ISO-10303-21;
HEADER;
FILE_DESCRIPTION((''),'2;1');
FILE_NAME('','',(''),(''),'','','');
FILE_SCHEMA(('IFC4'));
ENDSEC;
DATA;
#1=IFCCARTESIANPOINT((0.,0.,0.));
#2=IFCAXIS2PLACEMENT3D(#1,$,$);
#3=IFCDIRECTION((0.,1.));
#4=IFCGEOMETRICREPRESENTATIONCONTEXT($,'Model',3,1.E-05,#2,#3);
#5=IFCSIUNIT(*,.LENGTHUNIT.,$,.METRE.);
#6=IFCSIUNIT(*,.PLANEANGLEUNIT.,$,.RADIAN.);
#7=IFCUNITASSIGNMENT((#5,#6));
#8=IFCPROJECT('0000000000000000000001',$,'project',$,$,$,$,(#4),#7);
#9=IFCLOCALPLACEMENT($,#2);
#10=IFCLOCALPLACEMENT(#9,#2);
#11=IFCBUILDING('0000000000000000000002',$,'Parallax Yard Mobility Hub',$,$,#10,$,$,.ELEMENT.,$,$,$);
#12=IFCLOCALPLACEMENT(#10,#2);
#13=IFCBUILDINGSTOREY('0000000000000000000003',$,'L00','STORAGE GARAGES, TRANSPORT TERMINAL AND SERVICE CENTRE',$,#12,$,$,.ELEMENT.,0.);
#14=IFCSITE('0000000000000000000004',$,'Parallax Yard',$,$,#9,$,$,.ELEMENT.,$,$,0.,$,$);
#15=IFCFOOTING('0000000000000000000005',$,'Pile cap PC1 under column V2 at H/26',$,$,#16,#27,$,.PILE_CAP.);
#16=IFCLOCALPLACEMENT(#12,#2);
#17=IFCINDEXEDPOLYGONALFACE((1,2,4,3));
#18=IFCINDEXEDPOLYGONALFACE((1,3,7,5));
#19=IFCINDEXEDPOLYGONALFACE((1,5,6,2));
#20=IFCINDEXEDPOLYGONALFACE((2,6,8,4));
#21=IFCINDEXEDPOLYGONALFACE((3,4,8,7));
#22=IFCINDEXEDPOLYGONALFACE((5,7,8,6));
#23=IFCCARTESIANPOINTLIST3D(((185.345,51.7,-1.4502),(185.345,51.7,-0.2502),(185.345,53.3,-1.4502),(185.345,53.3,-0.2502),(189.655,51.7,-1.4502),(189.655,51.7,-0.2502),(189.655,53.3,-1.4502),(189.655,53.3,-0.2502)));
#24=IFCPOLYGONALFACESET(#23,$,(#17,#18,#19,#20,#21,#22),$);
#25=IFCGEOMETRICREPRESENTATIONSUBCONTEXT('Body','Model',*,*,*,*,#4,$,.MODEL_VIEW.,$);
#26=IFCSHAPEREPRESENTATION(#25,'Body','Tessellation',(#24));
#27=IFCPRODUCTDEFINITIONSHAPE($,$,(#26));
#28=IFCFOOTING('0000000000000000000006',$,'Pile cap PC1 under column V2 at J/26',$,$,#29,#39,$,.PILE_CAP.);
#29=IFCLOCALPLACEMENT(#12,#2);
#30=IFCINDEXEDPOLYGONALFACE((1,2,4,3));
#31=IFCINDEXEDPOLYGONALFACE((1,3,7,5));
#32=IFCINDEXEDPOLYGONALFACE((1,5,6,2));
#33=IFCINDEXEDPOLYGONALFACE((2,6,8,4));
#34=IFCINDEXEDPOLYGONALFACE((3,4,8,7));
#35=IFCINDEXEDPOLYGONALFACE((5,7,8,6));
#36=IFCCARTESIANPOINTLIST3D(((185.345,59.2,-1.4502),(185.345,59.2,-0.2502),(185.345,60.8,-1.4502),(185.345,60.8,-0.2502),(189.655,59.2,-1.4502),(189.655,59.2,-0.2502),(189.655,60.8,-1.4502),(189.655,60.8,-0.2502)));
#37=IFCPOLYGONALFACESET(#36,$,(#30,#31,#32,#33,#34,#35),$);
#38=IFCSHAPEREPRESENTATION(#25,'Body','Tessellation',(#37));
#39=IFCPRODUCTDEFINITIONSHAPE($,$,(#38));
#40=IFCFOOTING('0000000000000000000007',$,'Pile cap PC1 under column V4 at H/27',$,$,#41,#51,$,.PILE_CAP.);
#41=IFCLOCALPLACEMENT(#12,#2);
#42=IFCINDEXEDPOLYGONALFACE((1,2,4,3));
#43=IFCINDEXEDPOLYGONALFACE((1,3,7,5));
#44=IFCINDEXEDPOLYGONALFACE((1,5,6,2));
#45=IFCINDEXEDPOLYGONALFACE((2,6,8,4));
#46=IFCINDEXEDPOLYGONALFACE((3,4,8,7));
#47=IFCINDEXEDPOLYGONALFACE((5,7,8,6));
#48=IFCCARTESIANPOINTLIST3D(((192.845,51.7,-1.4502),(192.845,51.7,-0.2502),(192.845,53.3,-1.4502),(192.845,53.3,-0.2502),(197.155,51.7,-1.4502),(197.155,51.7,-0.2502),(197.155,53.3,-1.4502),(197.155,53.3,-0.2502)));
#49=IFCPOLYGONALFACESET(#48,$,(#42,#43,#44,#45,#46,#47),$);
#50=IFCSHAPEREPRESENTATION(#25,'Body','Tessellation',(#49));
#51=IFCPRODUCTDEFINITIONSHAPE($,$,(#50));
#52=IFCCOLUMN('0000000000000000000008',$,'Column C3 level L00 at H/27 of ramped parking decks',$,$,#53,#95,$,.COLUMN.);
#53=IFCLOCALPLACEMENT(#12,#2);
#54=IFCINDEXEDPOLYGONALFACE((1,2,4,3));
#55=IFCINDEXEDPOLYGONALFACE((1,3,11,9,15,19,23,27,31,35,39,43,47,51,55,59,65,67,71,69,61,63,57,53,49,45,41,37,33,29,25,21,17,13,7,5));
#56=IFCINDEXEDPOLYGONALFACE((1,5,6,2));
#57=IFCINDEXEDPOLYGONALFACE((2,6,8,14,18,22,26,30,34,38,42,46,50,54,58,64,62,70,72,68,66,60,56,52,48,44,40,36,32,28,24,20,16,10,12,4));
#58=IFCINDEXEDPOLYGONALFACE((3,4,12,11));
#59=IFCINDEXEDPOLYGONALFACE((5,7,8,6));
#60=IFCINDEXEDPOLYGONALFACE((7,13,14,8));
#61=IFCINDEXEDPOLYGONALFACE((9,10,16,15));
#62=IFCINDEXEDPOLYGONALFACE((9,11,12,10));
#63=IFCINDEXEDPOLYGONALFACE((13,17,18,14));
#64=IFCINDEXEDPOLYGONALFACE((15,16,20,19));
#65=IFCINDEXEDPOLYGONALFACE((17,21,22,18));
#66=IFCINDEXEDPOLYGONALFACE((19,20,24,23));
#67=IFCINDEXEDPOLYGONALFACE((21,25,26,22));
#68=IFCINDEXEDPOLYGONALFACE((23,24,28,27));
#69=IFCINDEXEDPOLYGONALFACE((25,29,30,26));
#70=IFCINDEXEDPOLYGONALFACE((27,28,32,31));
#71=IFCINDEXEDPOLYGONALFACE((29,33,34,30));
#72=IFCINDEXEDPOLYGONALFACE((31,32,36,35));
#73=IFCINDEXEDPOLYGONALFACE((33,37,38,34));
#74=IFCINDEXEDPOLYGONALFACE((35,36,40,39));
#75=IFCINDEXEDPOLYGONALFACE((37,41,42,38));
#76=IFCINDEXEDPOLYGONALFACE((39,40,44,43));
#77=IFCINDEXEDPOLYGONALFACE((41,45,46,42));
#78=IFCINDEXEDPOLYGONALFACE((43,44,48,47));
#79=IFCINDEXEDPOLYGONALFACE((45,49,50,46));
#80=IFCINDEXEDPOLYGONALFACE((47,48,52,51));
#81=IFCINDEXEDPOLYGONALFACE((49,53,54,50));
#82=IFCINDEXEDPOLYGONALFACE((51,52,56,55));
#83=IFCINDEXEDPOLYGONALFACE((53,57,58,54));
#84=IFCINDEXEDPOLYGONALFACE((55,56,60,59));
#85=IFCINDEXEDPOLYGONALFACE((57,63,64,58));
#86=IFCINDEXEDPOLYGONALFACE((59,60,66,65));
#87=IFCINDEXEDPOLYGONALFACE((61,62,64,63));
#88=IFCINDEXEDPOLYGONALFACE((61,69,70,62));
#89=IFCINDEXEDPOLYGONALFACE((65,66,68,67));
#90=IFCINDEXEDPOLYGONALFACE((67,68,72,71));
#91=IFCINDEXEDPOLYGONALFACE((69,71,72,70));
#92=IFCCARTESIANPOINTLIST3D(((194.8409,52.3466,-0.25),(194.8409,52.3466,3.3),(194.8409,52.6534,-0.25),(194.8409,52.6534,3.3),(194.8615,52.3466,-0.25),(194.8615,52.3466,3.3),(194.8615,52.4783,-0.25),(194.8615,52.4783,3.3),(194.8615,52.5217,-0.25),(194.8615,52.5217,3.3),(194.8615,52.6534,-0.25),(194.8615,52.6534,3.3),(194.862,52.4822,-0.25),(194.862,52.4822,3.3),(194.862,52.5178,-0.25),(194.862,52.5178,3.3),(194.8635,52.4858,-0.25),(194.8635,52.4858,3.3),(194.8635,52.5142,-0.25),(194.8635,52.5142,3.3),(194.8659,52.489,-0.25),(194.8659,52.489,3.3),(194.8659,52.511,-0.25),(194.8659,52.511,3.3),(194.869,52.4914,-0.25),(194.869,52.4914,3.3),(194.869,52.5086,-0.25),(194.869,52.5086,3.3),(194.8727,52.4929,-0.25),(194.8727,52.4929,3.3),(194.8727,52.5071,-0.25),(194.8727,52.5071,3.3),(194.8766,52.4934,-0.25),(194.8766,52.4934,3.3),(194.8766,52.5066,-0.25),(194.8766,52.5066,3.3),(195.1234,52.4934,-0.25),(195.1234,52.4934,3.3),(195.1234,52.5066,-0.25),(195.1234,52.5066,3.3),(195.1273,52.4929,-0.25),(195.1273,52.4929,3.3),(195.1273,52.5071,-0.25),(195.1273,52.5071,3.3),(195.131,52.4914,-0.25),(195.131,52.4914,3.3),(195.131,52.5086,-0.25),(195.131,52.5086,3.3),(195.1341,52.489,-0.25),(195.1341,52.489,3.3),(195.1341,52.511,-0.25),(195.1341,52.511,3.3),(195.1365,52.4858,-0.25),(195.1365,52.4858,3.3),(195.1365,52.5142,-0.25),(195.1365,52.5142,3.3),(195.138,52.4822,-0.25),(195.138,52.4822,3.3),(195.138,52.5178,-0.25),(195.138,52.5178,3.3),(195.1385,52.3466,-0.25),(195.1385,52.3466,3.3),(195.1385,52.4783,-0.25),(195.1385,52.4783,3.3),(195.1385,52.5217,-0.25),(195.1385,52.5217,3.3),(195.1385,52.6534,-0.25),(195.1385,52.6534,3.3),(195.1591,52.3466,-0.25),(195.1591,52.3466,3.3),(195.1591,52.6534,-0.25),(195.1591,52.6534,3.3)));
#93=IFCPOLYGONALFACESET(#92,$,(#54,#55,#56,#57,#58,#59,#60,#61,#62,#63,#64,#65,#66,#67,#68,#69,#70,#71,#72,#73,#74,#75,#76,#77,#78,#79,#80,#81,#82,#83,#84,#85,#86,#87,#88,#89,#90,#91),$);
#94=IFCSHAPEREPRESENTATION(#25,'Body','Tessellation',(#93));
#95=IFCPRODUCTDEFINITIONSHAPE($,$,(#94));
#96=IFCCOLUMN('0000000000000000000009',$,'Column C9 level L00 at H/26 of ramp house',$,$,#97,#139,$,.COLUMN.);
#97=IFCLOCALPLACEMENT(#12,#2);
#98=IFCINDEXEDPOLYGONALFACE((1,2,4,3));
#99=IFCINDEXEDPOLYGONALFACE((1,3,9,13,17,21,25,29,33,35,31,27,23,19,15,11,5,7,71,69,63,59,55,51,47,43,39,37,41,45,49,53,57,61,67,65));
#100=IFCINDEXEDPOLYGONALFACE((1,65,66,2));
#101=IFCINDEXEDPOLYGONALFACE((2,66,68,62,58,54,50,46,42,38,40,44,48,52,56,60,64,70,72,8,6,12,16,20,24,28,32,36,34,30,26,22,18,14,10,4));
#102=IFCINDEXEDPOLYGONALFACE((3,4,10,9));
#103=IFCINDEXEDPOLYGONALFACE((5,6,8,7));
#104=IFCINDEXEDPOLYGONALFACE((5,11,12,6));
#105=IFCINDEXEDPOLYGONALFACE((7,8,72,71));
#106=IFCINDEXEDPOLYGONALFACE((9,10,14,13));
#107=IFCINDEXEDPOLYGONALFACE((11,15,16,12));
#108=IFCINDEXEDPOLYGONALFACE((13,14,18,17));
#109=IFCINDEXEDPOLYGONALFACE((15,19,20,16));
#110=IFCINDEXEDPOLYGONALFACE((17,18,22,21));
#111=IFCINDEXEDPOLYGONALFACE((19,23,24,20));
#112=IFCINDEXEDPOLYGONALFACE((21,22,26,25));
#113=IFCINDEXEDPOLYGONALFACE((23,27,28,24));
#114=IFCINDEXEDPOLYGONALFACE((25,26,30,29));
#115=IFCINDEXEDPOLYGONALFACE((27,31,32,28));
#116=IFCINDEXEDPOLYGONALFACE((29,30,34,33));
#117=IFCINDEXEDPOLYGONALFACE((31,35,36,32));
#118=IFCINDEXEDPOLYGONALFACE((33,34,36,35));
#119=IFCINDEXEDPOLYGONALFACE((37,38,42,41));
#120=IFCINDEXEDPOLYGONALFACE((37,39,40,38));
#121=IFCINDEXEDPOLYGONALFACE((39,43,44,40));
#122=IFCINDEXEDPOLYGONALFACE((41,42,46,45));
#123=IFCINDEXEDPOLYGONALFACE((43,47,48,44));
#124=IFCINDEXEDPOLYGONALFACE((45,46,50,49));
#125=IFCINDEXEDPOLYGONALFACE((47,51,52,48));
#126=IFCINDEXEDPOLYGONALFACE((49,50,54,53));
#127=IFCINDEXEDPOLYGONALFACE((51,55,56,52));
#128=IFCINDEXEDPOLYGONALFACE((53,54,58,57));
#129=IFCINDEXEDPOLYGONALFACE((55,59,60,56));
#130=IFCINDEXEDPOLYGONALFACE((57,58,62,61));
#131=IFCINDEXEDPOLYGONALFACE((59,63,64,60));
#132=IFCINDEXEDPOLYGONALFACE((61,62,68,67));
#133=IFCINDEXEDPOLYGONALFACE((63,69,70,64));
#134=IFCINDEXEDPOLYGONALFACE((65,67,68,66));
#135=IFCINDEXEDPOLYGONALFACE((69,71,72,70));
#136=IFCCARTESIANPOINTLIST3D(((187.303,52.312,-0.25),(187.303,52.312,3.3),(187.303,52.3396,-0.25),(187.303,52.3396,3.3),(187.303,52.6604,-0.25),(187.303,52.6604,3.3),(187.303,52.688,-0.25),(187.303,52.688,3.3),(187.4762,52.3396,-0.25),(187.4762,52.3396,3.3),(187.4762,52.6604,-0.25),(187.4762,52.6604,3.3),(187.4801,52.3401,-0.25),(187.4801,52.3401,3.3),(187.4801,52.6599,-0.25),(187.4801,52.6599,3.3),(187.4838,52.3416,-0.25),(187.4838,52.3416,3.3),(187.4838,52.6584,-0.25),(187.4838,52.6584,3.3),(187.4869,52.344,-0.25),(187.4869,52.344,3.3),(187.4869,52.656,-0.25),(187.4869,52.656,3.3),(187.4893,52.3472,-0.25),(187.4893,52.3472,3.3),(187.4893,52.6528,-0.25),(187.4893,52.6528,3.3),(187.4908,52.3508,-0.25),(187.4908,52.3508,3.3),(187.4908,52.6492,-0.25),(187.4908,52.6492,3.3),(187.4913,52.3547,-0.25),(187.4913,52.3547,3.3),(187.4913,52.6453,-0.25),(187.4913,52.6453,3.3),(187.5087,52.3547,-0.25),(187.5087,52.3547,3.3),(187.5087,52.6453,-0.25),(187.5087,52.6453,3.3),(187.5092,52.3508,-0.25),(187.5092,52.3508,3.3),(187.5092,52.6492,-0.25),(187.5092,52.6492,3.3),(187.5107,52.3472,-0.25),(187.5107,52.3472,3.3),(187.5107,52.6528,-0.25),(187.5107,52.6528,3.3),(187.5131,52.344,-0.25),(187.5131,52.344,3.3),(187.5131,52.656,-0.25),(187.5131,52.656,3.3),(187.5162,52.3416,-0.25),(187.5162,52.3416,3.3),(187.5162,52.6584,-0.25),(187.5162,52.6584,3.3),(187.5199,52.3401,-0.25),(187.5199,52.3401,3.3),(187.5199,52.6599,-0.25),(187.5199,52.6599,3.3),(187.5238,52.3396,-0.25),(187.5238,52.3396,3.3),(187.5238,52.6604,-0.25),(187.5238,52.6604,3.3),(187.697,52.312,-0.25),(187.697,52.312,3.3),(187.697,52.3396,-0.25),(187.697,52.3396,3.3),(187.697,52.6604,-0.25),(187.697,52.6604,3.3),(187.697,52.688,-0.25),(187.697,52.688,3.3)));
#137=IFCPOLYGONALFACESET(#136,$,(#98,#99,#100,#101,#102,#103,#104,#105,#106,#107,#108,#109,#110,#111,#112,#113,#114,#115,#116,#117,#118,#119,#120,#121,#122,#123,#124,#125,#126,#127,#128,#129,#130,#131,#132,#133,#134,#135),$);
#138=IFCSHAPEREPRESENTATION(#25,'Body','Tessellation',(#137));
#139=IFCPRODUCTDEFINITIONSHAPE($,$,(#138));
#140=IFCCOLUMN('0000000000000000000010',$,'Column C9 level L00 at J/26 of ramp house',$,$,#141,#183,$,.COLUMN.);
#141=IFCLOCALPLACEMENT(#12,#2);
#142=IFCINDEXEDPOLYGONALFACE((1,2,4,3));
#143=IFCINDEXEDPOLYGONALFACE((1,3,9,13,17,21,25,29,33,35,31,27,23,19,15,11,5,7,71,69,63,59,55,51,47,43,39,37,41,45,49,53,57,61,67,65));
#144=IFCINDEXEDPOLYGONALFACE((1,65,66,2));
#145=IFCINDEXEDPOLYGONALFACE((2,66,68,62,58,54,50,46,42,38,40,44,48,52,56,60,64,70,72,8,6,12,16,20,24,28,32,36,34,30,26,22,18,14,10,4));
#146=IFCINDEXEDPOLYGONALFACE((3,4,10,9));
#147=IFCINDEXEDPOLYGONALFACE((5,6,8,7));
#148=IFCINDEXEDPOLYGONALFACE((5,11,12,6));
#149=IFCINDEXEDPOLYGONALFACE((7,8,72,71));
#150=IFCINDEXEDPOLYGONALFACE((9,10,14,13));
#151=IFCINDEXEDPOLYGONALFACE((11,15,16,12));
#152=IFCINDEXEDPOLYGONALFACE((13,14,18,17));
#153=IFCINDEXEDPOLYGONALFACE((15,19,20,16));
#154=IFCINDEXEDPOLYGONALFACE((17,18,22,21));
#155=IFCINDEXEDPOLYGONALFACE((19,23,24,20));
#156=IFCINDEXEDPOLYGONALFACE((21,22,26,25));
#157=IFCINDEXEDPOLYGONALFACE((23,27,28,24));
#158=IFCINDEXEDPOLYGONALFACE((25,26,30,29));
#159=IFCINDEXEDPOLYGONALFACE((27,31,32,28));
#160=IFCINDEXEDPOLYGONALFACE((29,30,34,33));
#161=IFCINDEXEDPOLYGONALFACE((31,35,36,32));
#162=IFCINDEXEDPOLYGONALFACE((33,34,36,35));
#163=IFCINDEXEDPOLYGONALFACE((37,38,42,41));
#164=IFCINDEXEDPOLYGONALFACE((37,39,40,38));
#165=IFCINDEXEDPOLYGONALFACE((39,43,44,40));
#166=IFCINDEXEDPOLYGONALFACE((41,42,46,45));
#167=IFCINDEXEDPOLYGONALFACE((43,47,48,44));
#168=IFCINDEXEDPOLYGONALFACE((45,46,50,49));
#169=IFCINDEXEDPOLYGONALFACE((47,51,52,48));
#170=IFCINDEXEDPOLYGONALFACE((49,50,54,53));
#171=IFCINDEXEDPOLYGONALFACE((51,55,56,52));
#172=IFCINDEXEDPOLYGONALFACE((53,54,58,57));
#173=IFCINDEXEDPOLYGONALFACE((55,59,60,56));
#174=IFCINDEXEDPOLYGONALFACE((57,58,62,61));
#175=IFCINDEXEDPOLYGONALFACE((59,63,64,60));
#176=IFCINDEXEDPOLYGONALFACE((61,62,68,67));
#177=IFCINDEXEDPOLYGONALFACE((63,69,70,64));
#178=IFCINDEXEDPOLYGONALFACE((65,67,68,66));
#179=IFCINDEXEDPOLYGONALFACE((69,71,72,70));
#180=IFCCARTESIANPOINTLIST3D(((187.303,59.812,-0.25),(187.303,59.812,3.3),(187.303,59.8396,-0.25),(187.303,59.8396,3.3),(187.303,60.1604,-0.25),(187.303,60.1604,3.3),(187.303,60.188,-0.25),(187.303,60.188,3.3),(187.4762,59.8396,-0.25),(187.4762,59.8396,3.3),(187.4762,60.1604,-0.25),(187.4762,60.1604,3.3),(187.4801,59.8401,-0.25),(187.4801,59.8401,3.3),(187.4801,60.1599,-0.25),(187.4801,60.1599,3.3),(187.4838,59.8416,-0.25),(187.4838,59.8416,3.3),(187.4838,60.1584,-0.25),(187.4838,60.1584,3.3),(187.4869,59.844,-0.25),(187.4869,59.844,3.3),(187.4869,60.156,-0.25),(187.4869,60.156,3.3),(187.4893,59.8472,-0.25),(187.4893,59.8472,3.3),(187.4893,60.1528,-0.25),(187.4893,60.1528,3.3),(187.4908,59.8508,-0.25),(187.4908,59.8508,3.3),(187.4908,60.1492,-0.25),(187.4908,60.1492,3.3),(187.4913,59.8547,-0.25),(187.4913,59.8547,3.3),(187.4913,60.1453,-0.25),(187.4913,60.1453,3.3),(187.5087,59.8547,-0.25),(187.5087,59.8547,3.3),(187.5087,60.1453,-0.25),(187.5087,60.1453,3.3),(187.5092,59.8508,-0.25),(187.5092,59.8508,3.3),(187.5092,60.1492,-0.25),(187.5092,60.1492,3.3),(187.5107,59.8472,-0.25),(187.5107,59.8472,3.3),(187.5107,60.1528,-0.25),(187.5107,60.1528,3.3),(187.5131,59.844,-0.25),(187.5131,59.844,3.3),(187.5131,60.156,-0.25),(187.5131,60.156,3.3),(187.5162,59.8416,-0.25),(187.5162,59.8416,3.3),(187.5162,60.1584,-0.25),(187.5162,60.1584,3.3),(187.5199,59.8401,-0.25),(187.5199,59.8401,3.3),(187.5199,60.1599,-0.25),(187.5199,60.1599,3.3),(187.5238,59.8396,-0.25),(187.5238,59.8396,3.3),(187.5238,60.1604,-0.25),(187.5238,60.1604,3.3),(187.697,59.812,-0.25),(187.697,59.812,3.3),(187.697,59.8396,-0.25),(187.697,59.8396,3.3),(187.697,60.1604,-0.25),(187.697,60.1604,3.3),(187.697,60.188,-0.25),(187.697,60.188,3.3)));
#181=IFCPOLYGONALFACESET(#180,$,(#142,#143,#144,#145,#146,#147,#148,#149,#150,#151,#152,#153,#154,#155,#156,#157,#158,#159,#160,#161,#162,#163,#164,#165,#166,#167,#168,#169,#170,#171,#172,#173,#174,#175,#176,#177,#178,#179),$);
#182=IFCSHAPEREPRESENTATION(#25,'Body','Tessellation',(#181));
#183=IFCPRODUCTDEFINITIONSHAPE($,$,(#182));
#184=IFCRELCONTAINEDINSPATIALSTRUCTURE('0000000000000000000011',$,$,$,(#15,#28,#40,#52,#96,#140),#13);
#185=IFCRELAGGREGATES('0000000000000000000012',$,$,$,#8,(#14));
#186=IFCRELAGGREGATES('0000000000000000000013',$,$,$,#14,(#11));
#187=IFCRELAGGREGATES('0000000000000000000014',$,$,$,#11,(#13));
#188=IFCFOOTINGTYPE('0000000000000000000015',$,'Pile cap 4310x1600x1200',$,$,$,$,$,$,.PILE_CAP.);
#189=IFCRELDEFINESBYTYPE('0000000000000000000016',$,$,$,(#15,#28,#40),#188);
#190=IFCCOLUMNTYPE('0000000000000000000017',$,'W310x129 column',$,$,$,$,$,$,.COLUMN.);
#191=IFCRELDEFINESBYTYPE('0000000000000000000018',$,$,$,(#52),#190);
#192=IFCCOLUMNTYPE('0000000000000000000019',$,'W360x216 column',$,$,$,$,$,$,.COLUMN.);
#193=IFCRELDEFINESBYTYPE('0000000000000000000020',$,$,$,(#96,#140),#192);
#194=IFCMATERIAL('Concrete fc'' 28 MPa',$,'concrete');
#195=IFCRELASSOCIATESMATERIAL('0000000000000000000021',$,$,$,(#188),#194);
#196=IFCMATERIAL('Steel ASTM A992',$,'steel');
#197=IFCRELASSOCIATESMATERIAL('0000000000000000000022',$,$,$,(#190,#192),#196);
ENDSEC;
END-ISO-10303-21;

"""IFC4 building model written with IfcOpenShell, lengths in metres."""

from ifc_helpers import new_model, si_unit, direction, frame, origin, origin_2d, place, context, subcontext, project, spatial, rectangle, i_section, extrude, material, material_profile, profile_set, type_object, element, save


model = new_model("IFC4")

# Units and contexts
model_context = context("Model", 3, precision=1e-05, world=origin(), true_north=direction((0.0, 1.0)))
body_context = subcontext(model_context, "Body", "Model", "MODEL_VIEW")
ifc_project = project(units=[si_unit("LENGTHUNIT", "METRE"), si_unit("PLANEANGLEUNIT", "RADIAN")], contexts=[model_context])

# Site, building, storey
site_placement = place(None, origin())
site = spatial("IfcSite", under=ifc_project, at=site_placement, Name="Parallax Yard", CompositionType="ELEMENT", RefElevation=0.0)
building_placement = place(site_placement, origin())
building = spatial("IfcBuilding", under=site, at=building_placement, Name="Parallax Yard Mobility Hub", CompositionType="ELEMENT")
storey_placement = place(building_placement, origin())
storey = spatial("IfcBuildingStorey", under=building, at=storey_placement, Name="L00", Description="STORAGE GARAGES, TRANSPORT TERMINAL AND SERVICE CENTRE", CompositionType="ELEMENT", Elevation=0.0)

# Shared definitions
ifc_material_1 = material(Name="Concrete fc' 28 MPa", Category="concrete")

# Footings
footing_type_1 = type_object("IfcFootingType", Name="Pile cap 4310x1600x1200", PredefinedType="PILE_CAP", material=ifc_material_1)
for number, where, z_axis, x_axis, name in (
    (1, (187.5, 52.5, -1.4502), (0.0, 0.0, 1.0), (1.0, 0.0, 0.0), "Pile cap PC1 under column V2 at H/26"),
    (2, (187.5, 60.0, -1.4502), (0.0, 0.0, 1.0), (1.0, 0.0, 0.0), "Pile cap PC1 under column V2 at J/26"),
    (3, (195.0, 52.5, -1.4502), (0.0, 0.0, 1.0), (1.0, 0.0, 0.0), "Pile cap PC1 under column V4 at H/27"),
):
    element("IfcFooting", number, at=place(storey_placement, frame(where, z_axis=z_axis, x_axis=x_axis)), inside=storey, type_object=footing_type_1, Name=name, PredefinedType="PILE_CAP", context=body_context, shape_type="SweptSolid", body=[
        extrude(rectangle(XDim=4.3101, YDim=1.6001, at=origin_2d()), origin(), (0.0, 0.0, 1.0), 1.2),
    ])

# Columns
ifc_material_2 = material(Name="Steel ASTM A992", Category="steel")
ifc_material_profile_1 = material_profile(ifc_material_2, i_section(OverallWidth=0.3069, OverallDepth=0.3181, WebThickness=0.0132, FlangeThickness=0.0205, FilletRadius=0.0151, at=origin_2d()), Name="W310x129")
ifc_profile_set_1 = profile_set([ifc_material_profile_1], Name="Steel ASTM A992")
column_type_1 = type_object("IfcColumnType", Name="W310x129 column", PredefinedType="COLUMN", material=ifc_profile_set_1)
column_placement = place(storey_placement, frame((195.0, 52.5, -0.25), z_axis=(0.0, 0.0, 1.0), x_axis=(0.0, 1.0, 0.0)))
element("IfcColumn", 4, at=column_placement, inside=storey, type_object=column_type_1, Name="Column C3 level L00 at H/27 of ramped parking decks", PredefinedType="COLUMN", context=body_context, shape_type="SweptSolid", body=[
    extrude(i_section(OverallWidth=0.3069, OverallDepth=0.3181, WebThickness=0.0132, FlangeThickness=0.0205, FilletRadius=0.0151, at=origin_2d()), origin(), (0.0, 0.0, 1.0), 3.55),
])
ifc_material_profile_2 = material_profile(ifc_material_2, i_section(OverallWidth=0.394, OverallDepth=0.376, WebThickness=0.0173, FlangeThickness=0.0276, FilletRadius=0.0151, at=origin_2d()), Name="W360x216")
ifc_profile_set_2 = profile_set([ifc_material_profile_2], Name="Steel ASTM A992")
column_type_2 = type_object("IfcColumnType", Name="W360x216 column", PredefinedType="COLUMN", material=ifc_profile_set_2)
for number, where, z_axis, x_axis, name in (
    (5, (187.5, 52.5, -0.25), (0.0, 0.0, 1.0), (1.0, 0.0, 0.0), "Column C9 level L00 at H/26 of ramp house"),
    (6, (187.5, 60.0, -0.25), (0.0, 0.0, 1.0), (1.0, 0.0, 0.0), "Column C9 level L00 at J/26 of ramp house"),
):
    element("IfcColumn", number, at=place(storey_placement, frame(where, z_axis=z_axis, x_axis=x_axis)), inside=storey, type_object=column_type_2, Name=name, PredefinedType="COLUMN", context=body_context, shape_type="SweptSolid", body=[
        extrude(i_section(OverallWidth=0.394, OverallDepth=0.376, WebThickness=0.0173, FlangeThickness=0.0276, FilletRadius=0.0151, at=origin_2d()), origin(), (0.0, 0.0, 1.0), 3.55),
    ])

save(model, "model.ifc")
